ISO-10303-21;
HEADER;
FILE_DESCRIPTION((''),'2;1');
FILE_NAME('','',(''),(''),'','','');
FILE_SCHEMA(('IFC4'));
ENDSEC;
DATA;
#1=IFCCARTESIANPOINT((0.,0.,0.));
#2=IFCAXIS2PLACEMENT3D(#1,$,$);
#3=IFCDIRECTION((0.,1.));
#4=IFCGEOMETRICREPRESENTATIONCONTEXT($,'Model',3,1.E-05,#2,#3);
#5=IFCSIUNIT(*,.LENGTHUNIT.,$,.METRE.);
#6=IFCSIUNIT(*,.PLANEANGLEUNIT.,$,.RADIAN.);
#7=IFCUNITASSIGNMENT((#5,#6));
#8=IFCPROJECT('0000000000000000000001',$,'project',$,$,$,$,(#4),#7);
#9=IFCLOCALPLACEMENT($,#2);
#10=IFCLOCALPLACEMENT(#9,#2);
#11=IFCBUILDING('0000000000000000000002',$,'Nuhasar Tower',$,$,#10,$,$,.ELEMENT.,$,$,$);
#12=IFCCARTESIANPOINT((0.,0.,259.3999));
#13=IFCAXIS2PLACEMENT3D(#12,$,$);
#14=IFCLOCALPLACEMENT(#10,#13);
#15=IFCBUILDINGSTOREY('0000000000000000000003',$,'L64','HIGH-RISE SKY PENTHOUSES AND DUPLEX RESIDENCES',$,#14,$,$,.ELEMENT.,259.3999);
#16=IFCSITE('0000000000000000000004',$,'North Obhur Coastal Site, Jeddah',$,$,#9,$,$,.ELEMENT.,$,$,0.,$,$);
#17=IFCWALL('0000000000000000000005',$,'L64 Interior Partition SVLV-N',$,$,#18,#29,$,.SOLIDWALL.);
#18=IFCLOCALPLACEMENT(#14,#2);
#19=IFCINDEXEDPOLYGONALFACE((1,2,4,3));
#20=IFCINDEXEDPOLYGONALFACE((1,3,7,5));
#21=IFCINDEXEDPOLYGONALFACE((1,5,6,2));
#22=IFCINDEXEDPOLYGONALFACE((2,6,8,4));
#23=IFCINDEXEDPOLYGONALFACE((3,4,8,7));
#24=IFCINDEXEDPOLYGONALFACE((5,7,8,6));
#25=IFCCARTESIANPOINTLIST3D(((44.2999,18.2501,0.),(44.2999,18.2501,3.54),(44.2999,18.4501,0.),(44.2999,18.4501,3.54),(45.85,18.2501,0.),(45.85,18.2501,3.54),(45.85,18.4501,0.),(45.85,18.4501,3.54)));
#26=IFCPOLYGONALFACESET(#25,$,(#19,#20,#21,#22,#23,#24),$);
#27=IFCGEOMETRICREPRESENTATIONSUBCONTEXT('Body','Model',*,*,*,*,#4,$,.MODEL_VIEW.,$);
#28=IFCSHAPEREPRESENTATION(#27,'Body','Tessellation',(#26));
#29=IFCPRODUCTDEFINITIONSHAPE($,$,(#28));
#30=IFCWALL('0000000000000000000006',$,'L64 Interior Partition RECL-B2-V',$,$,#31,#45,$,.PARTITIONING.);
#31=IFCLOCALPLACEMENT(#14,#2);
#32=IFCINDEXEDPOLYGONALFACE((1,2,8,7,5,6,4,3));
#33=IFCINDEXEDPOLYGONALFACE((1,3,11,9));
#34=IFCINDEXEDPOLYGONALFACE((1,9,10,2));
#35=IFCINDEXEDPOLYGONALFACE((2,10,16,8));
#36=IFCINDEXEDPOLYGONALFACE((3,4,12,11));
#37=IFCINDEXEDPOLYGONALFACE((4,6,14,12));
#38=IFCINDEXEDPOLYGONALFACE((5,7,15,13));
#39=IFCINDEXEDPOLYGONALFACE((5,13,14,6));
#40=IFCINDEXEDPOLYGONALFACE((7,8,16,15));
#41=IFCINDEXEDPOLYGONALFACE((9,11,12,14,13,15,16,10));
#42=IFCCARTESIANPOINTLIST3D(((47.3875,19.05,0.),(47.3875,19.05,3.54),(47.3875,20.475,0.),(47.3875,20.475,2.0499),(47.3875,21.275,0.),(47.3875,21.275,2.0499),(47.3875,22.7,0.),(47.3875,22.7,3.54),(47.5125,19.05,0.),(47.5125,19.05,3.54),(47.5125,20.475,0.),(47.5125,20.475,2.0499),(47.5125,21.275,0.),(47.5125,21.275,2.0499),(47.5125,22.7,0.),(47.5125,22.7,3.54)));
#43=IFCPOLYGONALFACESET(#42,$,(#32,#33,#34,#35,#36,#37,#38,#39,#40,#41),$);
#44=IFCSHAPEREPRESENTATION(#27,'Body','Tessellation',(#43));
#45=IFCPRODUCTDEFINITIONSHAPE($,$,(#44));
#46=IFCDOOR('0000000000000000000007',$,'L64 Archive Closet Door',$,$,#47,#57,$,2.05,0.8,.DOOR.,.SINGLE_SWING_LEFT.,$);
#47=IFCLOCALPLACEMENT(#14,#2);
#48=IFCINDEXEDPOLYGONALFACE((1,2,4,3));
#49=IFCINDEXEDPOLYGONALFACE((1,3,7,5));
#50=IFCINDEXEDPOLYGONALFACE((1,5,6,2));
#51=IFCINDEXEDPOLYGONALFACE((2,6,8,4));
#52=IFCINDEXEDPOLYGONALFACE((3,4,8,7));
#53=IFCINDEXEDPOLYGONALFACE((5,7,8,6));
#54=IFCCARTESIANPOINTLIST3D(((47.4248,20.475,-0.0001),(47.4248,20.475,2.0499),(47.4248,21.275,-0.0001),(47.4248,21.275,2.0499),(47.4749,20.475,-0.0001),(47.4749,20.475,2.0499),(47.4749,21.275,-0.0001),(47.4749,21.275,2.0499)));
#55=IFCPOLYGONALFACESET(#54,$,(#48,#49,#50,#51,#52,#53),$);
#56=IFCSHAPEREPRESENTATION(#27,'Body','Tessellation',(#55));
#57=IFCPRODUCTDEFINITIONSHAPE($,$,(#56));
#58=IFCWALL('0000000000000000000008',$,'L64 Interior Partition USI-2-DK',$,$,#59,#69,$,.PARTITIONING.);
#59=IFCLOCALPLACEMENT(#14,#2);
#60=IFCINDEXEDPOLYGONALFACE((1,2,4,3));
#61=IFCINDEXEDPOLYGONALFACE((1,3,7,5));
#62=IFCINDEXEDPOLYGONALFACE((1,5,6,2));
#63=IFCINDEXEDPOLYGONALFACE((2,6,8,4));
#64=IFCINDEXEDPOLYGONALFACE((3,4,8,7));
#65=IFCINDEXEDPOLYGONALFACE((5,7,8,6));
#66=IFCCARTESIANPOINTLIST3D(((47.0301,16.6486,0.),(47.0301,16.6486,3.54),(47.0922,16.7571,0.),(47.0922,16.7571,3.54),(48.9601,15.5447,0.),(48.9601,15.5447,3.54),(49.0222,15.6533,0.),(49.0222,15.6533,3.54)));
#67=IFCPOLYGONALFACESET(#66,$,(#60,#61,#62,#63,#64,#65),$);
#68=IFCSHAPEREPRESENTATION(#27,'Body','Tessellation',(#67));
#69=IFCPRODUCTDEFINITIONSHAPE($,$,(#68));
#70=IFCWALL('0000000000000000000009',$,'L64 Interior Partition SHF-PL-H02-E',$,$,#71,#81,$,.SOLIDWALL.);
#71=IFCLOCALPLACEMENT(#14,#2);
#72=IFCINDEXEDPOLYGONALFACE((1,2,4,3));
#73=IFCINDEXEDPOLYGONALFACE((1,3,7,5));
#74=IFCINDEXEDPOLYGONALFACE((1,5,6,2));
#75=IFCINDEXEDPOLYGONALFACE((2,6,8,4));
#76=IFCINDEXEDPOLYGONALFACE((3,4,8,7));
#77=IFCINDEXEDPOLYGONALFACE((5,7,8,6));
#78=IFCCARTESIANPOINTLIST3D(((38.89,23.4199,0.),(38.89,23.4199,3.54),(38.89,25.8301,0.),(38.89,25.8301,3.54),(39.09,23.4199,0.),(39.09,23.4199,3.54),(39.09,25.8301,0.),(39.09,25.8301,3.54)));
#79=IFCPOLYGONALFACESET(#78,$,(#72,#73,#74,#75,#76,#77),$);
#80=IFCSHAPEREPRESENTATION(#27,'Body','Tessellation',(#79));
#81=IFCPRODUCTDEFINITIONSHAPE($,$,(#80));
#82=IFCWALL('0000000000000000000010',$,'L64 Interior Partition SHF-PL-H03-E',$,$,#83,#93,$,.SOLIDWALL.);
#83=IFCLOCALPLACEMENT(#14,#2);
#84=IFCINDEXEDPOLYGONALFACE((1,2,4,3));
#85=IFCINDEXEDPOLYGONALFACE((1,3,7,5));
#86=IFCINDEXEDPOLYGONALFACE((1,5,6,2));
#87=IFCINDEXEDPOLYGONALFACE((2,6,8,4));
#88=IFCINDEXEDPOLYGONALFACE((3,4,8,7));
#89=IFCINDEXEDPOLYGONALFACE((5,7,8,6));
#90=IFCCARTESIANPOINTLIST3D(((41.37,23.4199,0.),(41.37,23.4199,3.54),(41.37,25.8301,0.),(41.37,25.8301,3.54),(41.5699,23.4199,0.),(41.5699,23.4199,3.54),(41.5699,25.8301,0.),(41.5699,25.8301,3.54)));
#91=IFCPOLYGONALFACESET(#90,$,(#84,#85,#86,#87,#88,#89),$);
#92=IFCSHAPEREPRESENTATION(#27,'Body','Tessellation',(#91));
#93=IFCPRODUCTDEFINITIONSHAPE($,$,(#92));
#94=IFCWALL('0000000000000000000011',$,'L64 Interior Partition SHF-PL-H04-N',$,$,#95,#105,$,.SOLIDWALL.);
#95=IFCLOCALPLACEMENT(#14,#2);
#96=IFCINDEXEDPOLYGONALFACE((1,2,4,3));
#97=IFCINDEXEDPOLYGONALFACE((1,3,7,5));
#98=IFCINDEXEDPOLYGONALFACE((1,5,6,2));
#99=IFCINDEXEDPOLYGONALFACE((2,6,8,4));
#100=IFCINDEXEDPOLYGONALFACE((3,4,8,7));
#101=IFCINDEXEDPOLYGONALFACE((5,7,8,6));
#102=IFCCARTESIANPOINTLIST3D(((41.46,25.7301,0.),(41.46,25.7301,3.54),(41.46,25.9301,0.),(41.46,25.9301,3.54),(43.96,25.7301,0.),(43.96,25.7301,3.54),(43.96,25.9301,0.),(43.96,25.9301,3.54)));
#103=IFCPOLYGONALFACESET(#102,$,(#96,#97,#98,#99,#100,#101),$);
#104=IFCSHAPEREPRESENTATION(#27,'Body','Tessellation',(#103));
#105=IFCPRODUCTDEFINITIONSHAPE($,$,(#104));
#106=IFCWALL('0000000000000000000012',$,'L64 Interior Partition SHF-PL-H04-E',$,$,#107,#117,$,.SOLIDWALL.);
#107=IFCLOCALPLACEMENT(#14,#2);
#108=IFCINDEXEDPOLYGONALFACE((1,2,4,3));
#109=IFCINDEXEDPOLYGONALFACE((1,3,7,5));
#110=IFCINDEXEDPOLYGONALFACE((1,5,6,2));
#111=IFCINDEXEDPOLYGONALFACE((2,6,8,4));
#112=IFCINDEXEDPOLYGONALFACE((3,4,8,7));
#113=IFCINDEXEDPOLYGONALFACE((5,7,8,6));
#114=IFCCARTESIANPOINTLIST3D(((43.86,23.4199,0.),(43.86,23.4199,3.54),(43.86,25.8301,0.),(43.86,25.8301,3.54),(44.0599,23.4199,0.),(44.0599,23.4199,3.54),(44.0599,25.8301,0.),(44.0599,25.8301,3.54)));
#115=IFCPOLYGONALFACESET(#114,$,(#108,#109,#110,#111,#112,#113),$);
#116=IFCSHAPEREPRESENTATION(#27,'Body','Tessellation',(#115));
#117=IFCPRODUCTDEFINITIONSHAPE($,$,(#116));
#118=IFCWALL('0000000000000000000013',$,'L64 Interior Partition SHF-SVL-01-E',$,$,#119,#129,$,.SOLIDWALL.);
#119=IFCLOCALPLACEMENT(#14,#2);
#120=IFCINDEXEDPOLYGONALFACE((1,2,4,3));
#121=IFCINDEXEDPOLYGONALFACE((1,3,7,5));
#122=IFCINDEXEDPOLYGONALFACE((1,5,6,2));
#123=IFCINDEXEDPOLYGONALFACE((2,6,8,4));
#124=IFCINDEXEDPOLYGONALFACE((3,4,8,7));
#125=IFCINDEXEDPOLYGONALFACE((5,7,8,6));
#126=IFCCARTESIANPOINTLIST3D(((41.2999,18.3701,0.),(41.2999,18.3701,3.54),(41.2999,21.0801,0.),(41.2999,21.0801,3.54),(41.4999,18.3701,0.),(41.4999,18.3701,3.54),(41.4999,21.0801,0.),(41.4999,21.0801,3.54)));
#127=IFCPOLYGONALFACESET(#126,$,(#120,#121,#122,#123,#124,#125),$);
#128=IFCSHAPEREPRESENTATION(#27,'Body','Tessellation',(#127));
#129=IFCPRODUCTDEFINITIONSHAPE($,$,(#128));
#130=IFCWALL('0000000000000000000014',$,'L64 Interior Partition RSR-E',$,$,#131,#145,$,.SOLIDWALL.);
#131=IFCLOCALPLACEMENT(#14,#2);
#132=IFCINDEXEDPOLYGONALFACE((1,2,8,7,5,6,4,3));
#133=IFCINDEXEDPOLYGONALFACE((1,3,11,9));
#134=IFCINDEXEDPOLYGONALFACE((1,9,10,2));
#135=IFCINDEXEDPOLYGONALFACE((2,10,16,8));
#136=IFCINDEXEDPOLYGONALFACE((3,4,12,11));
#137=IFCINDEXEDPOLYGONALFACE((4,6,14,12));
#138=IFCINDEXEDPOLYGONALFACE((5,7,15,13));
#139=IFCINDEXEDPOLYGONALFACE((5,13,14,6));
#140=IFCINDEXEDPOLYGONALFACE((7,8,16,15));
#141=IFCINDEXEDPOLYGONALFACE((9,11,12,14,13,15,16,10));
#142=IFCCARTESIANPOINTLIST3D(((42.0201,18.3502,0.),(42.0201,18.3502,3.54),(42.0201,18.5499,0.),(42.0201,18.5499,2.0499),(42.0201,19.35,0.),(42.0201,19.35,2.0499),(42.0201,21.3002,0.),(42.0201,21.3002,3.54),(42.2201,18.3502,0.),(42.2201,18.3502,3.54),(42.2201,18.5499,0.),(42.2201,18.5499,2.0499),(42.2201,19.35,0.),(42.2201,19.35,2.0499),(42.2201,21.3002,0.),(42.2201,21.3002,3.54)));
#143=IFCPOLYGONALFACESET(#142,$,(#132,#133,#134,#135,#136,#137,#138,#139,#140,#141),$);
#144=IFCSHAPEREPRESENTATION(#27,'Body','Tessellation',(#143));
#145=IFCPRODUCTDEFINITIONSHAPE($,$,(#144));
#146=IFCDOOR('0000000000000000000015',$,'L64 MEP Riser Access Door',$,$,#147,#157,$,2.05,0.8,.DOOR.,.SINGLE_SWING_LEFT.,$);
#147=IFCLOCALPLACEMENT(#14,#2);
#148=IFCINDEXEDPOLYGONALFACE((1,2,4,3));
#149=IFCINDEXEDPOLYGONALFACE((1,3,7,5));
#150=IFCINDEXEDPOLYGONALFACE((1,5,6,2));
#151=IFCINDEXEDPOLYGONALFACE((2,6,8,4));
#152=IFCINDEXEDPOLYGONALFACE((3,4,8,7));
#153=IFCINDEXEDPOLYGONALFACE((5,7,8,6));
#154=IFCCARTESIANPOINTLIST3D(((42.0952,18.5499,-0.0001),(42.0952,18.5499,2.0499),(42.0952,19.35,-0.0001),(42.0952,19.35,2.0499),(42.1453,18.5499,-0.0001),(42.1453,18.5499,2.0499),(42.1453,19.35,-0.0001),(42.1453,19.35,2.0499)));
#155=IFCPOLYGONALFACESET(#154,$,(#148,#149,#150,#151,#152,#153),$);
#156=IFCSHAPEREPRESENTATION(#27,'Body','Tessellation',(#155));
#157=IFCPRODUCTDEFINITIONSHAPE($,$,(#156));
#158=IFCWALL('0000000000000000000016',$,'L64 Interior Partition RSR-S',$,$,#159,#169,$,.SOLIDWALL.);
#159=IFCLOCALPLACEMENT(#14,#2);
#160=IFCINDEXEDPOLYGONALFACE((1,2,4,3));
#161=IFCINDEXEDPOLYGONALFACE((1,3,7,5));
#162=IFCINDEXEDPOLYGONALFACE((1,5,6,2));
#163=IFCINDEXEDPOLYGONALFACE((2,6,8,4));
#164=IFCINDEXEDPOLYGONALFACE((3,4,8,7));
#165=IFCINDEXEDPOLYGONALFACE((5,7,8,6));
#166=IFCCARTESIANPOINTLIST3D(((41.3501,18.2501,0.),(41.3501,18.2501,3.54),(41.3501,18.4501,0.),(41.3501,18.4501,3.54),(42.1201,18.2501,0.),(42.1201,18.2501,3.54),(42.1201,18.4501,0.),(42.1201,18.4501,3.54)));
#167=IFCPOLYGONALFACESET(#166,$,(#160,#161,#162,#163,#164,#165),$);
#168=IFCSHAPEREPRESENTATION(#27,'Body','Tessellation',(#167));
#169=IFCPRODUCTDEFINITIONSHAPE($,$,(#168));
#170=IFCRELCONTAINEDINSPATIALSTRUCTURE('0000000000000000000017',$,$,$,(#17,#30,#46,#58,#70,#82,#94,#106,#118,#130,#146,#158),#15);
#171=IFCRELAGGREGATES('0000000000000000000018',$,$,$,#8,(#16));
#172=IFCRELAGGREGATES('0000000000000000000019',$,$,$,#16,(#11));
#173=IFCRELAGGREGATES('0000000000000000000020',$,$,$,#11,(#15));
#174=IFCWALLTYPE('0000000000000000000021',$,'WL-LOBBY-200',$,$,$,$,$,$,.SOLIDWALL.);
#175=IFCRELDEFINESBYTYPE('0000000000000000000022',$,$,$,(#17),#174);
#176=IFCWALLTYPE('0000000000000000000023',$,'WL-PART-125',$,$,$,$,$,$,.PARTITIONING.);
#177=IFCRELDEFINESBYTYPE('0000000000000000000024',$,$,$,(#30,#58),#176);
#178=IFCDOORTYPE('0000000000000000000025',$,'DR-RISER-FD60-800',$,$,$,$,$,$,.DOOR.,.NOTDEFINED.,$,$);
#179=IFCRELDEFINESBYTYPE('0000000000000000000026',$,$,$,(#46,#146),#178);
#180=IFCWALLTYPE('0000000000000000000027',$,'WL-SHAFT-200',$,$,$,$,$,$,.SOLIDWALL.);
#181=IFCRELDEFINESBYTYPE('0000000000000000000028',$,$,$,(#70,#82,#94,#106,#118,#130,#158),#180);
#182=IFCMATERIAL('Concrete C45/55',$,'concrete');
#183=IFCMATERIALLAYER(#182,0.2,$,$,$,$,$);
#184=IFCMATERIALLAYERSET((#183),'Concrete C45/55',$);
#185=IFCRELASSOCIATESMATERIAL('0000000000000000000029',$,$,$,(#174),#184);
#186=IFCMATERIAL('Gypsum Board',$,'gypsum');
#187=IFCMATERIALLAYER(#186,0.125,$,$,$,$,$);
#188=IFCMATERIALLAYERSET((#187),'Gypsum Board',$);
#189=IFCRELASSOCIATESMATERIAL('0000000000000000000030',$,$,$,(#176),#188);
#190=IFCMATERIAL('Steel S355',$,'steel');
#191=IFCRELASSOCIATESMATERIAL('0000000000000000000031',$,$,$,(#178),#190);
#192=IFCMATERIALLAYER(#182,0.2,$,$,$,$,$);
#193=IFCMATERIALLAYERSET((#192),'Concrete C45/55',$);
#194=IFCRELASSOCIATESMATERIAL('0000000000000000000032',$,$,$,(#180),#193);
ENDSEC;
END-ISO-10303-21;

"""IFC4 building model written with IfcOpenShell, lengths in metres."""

from ifc_helpers import new_model, si_unit, direction, frame, frame_2d, origin, place, context, subcontext, project, spatial, rectangle, extrude, material, layer, layer_set, type_object, element, fill, save


model = new_model("IFC4")

# Units and contexts
model_context = context("Model", 3, precision=1e-05, world=origin(), true_north=direction((0.0, 1.0)))
body_context = subcontext(model_context, "Body", "Model", "MODEL_VIEW")
ifc_project = project(units=[si_unit("LENGTHUNIT", "METRE"), si_unit("PLANEANGLEUNIT", "RADIAN")], contexts=[model_context])

# Site, building, storey
site_placement = place(None, origin())
site = spatial("IfcSite", under=ifc_project, at=site_placement, Name="North Obhur Coastal Site, Jeddah", CompositionType="ELEMENT", RefElevation=0.0)
building_placement = place(site_placement, origin())
building = spatial("IfcBuilding", under=site, at=building_placement, Name="Nuhasar Tower", CompositionType="ELEMENT")
storey_placement = place(building_placement, frame((0.0, 0.0, 259.3999)))
storey = spatial("IfcBuildingStorey", under=building, at=storey_placement, Name="L64", Description="HIGH-RISE SKY PENTHOUSES AND DUPLEX RESIDENCES", CompositionType="ELEMENT", Elevation=259.3999)

# Shared definitions
ifc_material_1 = material(Name="Steel S355", Category="steel")

# Shared definitions
ifc_material_2 = material(Name="Gypsum Board", Category="gypsum")

# Shared definitions
ifc_material_3 = material(Name="Concrete C45/55", Category="concrete")
ifc_layer_1 = layer(ifc_material_3, 0.2)
ifc_layer_set_1 = layer_set([ifc_layer_1], Name="Concrete C45/55")
wall_type_1 = type_object("IfcWallType", Name="WL-LOBBY-200", PredefinedType="SOLIDWALL", material=ifc_layer_set_1)

# Wall
wall_1_placement = place(storey_placement, frame((44.3, 18.3501, 0.0), z_axis=(0.0, 0.0, 1.0), x_axis=(1.0, 0.0, 0.0)))
element("IfcWall", 1, at=wall_1_placement, inside=storey, type_object=wall_type_1, Name="L64 Interior Partition SVLV-N", PredefinedType="SOLIDWALL", context=body_context, shape_type="SweptSolid", body=[
    extrude(rectangle(XDim=1.55, YDim=0.2, at=frame_2d((0.7749, 0.0))), origin(), (0.0, 0.0, 1.0), 3.54),
])

# Wall, opening, door
ifc_layer_2 = layer(ifc_material_2, 0.125)
ifc_layer_set_2 = layer_set([ifc_layer_2], Name="Gypsum Board")
wall_type_2 = type_object("IfcWallType", Name="WL-PART-125", PredefinedType="PARTITIONING", material=ifc_layer_set_2)
wall_2_placement = place(storey_placement, frame((47.45, 22.7, 0.0), z_axis=(0.0, 0.0, 1.0), x_axis=(0.0, -1.0, 0.0)))
wall_2 = element("IfcWall", 2, at=wall_2_placement, inside=storey, type_object=wall_type_2, Name="L64 Interior Partition RECL-B2-V", PredefinedType="PARTITIONING", context=body_context, shape_type="SweptSolid", body=[
    extrude(rectangle(XDim=3.6499, YDim=0.125, at=frame_2d((1.825, 0.0))), origin(), (0.0, 0.0, 1.0), 3.54),
])
opening_1_placement = place(wall_2_placement, frame((1.425, 0.0, 0.0)))
opening_1 = element("IfcOpeningElement", 3, at=opening_1_placement, cuts=wall_2, PredefinedType="OPENING", context=body_context, shape_type="SweptSolid", body=[
    extrude(rectangle(XDim=0.8, YDim=2.05, at=frame_2d((0.3999, 1.0249))), frame((0.0, 0.0725, 0.0), z_axis=(0.0, -1.0, 0.0), x_axis=(1.0, 0.0, 0.0)), (0.0, 0.0, 1.0), 0.145),
])
door_type_1 = type_object("IfcDoorType", Name="DR-RISER-FD60-800", OperationType="NOTDEFINED", PredefinedType="DOOR", material=ifc_material_1)
door_1_placement = place(opening_1_placement, origin())
door_1 = element("IfcDoor", 4, at=door_1_placement, inside=storey, type_object=door_type_1, Name="L64 Archive Closet Door", OperationType="SINGLE_SWING_LEFT", OverallHeight=2.05, OverallWidth=0.8, PredefinedType="DOOR", context=body_context, shape_type="SweptSolid", body=[
    extrude(rectangle(XDim=0.8, YDim=2.05, at=frame_2d((0.3999, 1.0249))), frame((0.0, 0.0249, 0.0), z_axis=(0.0, -1.0, 0.0), x_axis=(1.0, 0.0, 0.0)), (0.0, 0.0, 1.0), 0.05),
])
fill(opening_1, door_1)

# Walls
wall_3_placement = place(storey_placement, frame((47.061, 16.7029, 0.0), z_axis=(0.0, 0.0, 1.0), x_axis=(0.868061, -0.496458, 0.0)))
element("IfcWall", 5, at=wall_3_placement, inside=storey, type_object=wall_type_2, Name="L64 Interior Partition USI-2-DK", PredefinedType="PARTITIONING", context=body_context, shape_type="SweptSolid", body=[
    extrude(rectangle(XDim=2.2234, YDim=0.125, at=frame_2d((1.1118, 0.0))), origin(), (0.0, 0.0, 1.0), 3.54),
])
ifc_layer_3 = layer(ifc_material_3, 0.2)
ifc_layer_set_3 = layer_set([ifc_layer_3], Name="Concrete C45/55")
wall_type_3 = type_object("IfcWallType", Name="WL-SHAFT-200", PredefinedType="SOLIDWALL", material=ifc_layer_set_3)
for number, where, z_axis, x_axis, name in (
    (6, (38.99, 23.4199, 0.0), (0.0, 0.0, 1.0), (0.0, 1.0, 0.0), "L64 Interior Partition SHF-PL-H02-E"),
    (7, (41.47, 23.4199, 0.0), (0.0, 0.0, 1.0), (0.0, 1.0, 0.0), "L64 Interior Partition SHF-PL-H03-E"),
):
    element("IfcWall", number, at=place(storey_placement, frame(where, z_axis=z_axis, x_axis=x_axis)), inside=storey, type_object=wall_type_3, Name=name, PredefinedType="SOLIDWALL", context=body_context, shape_type="SweptSolid", body=[
        extrude(rectangle(XDim=2.4102, YDim=0.2, at=frame_2d((1.2051, 0.0))), origin(), (0.0, 0.0, 1.0), 3.54),
    ])

# Walls
wall_4_placement = place(storey_placement, frame((41.46, 25.8301, 0.0), z_axis=(0.0, 0.0, 1.0), x_axis=(1.0, 0.0, 0.0)))
element("IfcWall", 8, at=wall_4_placement, inside=storey, type_object=wall_type_3, Name="L64 Interior Partition SHF-PL-H04-N", PredefinedType="SOLIDWALL", context=body_context, shape_type="SweptSolid", body=[
    extrude(rectangle(XDim=2.5, YDim=0.2, at=frame_2d((1.25, 0.0))), origin(), (0.0, 0.0, 1.0), 3.54),
])
wall_5_placement = place(storey_placement, frame((43.96, 23.4199, 0.0), z_axis=(0.0, 0.0, 1.0), x_axis=(0.0, 1.0, 0.0)))
element("IfcWall", 9, at=wall_5_placement, inside=storey, type_object=wall_type_3, Name="L64 Interior Partition SHF-PL-H04-E", PredefinedType="SOLIDWALL", context=body_context, shape_type="SweptSolid", body=[
    extrude(rectangle(XDim=2.4102, YDim=0.2, at=frame_2d((1.2051, 0.0))), origin(), (0.0, 0.0, 1.0), 3.54),
])
wall_6_placement = place(storey_placement, frame((41.3999, 18.3701, 0.0), z_axis=(0.0, 0.0, 1.0), x_axis=(0.0, 1.0, 0.0)))
element("IfcWall", 10, at=wall_6_placement, inside=storey, type_object=wall_type_3, Name="L64 Interior Partition SHF-SVL-01-E", PredefinedType="SOLIDWALL", context=body_context, shape_type="SweptSolid", body=[
    extrude(rectangle(XDim=2.71, YDim=0.2, at=frame_2d((1.355, 0.0))), origin(), (0.0, 0.0, 1.0), 3.54),
])

# Wall, opening, door
wall_7_placement = place(storey_placement, frame((42.1201, 18.3501, 0.0), z_axis=(0.0, 0.0, 1.0), x_axis=(0.0, 1.0, 0.0)))
wall_7 = element("IfcWall", 11, at=wall_7_placement, inside=storey, type_object=wall_type_3, Name="L64 Interior Partition RSR-E", PredefinedType="SOLIDWALL", context=body_context, shape_type="SweptSolid", body=[
    extrude(rectangle(XDim=2.95, YDim=0.2, at=frame_2d((1.4751, 0.0))), origin(), (0.0, 0.0, 1.0), 3.54),
])
opening_2_placement = place(wall_7_placement, frame((0.2, 0.0, 0.0)))
opening_2 = element("IfcOpeningElement", 12, at=opening_2_placement, cuts=wall_7, PredefinedType="OPENING", context=body_context, shape_type="SweptSolid", body=[
    extrude(rectangle(XDim=0.8, YDim=2.05, at=frame_2d((0.3999, 1.0249))), frame((0.0, 0.1099, 0.0), z_axis=(0.0, -1.0, 0.0), x_axis=(1.0, 0.0, 0.0)), (0.0, 0.0, 1.0), 0.22),
])
door_2_placement = place(opening_2_placement, origin())
door_2 = element("IfcDoor", 13, at=door_2_placement, inside=storey, type_object=door_type_1, Name="L64 MEP Riser Access Door", OperationType="SINGLE_SWING_LEFT", OverallHeight=2.05, OverallWidth=0.8, PredefinedType="DOOR", context=body_context, shape_type="SweptSolid", body=[
    extrude(rectangle(XDim=0.8, YDim=2.05, at=frame_2d((0.3999, 1.0249))), frame((0.0, 0.0249, 0.0), z_axis=(0.0, -1.0, 0.0), x_axis=(1.0, 0.0, 0.0)), (0.0, 0.0, 1.0), 0.05),
])
fill(opening_2, door_2)

# Wall
wall_8_placement = place(storey_placement, frame((41.3501, 18.3501, 0.0), z_axis=(0.0, 0.0, 1.0), x_axis=(1.0, 0.0, 0.0)))
element("IfcWall", 14, at=wall_8_placement, inside=storey, type_object=wall_type_3, Name="L64 Interior Partition RSR-S", PredefinedType="SOLIDWALL", context=body_context, shape_type="SweptSolid", body=[
    extrude(rectangle(XDim=0.77, YDim=0.2, at=frame_2d((0.385, 0.0))), origin(), (0.0, 0.0, 1.0), 3.54),
])

save(model, "model.ifc")
